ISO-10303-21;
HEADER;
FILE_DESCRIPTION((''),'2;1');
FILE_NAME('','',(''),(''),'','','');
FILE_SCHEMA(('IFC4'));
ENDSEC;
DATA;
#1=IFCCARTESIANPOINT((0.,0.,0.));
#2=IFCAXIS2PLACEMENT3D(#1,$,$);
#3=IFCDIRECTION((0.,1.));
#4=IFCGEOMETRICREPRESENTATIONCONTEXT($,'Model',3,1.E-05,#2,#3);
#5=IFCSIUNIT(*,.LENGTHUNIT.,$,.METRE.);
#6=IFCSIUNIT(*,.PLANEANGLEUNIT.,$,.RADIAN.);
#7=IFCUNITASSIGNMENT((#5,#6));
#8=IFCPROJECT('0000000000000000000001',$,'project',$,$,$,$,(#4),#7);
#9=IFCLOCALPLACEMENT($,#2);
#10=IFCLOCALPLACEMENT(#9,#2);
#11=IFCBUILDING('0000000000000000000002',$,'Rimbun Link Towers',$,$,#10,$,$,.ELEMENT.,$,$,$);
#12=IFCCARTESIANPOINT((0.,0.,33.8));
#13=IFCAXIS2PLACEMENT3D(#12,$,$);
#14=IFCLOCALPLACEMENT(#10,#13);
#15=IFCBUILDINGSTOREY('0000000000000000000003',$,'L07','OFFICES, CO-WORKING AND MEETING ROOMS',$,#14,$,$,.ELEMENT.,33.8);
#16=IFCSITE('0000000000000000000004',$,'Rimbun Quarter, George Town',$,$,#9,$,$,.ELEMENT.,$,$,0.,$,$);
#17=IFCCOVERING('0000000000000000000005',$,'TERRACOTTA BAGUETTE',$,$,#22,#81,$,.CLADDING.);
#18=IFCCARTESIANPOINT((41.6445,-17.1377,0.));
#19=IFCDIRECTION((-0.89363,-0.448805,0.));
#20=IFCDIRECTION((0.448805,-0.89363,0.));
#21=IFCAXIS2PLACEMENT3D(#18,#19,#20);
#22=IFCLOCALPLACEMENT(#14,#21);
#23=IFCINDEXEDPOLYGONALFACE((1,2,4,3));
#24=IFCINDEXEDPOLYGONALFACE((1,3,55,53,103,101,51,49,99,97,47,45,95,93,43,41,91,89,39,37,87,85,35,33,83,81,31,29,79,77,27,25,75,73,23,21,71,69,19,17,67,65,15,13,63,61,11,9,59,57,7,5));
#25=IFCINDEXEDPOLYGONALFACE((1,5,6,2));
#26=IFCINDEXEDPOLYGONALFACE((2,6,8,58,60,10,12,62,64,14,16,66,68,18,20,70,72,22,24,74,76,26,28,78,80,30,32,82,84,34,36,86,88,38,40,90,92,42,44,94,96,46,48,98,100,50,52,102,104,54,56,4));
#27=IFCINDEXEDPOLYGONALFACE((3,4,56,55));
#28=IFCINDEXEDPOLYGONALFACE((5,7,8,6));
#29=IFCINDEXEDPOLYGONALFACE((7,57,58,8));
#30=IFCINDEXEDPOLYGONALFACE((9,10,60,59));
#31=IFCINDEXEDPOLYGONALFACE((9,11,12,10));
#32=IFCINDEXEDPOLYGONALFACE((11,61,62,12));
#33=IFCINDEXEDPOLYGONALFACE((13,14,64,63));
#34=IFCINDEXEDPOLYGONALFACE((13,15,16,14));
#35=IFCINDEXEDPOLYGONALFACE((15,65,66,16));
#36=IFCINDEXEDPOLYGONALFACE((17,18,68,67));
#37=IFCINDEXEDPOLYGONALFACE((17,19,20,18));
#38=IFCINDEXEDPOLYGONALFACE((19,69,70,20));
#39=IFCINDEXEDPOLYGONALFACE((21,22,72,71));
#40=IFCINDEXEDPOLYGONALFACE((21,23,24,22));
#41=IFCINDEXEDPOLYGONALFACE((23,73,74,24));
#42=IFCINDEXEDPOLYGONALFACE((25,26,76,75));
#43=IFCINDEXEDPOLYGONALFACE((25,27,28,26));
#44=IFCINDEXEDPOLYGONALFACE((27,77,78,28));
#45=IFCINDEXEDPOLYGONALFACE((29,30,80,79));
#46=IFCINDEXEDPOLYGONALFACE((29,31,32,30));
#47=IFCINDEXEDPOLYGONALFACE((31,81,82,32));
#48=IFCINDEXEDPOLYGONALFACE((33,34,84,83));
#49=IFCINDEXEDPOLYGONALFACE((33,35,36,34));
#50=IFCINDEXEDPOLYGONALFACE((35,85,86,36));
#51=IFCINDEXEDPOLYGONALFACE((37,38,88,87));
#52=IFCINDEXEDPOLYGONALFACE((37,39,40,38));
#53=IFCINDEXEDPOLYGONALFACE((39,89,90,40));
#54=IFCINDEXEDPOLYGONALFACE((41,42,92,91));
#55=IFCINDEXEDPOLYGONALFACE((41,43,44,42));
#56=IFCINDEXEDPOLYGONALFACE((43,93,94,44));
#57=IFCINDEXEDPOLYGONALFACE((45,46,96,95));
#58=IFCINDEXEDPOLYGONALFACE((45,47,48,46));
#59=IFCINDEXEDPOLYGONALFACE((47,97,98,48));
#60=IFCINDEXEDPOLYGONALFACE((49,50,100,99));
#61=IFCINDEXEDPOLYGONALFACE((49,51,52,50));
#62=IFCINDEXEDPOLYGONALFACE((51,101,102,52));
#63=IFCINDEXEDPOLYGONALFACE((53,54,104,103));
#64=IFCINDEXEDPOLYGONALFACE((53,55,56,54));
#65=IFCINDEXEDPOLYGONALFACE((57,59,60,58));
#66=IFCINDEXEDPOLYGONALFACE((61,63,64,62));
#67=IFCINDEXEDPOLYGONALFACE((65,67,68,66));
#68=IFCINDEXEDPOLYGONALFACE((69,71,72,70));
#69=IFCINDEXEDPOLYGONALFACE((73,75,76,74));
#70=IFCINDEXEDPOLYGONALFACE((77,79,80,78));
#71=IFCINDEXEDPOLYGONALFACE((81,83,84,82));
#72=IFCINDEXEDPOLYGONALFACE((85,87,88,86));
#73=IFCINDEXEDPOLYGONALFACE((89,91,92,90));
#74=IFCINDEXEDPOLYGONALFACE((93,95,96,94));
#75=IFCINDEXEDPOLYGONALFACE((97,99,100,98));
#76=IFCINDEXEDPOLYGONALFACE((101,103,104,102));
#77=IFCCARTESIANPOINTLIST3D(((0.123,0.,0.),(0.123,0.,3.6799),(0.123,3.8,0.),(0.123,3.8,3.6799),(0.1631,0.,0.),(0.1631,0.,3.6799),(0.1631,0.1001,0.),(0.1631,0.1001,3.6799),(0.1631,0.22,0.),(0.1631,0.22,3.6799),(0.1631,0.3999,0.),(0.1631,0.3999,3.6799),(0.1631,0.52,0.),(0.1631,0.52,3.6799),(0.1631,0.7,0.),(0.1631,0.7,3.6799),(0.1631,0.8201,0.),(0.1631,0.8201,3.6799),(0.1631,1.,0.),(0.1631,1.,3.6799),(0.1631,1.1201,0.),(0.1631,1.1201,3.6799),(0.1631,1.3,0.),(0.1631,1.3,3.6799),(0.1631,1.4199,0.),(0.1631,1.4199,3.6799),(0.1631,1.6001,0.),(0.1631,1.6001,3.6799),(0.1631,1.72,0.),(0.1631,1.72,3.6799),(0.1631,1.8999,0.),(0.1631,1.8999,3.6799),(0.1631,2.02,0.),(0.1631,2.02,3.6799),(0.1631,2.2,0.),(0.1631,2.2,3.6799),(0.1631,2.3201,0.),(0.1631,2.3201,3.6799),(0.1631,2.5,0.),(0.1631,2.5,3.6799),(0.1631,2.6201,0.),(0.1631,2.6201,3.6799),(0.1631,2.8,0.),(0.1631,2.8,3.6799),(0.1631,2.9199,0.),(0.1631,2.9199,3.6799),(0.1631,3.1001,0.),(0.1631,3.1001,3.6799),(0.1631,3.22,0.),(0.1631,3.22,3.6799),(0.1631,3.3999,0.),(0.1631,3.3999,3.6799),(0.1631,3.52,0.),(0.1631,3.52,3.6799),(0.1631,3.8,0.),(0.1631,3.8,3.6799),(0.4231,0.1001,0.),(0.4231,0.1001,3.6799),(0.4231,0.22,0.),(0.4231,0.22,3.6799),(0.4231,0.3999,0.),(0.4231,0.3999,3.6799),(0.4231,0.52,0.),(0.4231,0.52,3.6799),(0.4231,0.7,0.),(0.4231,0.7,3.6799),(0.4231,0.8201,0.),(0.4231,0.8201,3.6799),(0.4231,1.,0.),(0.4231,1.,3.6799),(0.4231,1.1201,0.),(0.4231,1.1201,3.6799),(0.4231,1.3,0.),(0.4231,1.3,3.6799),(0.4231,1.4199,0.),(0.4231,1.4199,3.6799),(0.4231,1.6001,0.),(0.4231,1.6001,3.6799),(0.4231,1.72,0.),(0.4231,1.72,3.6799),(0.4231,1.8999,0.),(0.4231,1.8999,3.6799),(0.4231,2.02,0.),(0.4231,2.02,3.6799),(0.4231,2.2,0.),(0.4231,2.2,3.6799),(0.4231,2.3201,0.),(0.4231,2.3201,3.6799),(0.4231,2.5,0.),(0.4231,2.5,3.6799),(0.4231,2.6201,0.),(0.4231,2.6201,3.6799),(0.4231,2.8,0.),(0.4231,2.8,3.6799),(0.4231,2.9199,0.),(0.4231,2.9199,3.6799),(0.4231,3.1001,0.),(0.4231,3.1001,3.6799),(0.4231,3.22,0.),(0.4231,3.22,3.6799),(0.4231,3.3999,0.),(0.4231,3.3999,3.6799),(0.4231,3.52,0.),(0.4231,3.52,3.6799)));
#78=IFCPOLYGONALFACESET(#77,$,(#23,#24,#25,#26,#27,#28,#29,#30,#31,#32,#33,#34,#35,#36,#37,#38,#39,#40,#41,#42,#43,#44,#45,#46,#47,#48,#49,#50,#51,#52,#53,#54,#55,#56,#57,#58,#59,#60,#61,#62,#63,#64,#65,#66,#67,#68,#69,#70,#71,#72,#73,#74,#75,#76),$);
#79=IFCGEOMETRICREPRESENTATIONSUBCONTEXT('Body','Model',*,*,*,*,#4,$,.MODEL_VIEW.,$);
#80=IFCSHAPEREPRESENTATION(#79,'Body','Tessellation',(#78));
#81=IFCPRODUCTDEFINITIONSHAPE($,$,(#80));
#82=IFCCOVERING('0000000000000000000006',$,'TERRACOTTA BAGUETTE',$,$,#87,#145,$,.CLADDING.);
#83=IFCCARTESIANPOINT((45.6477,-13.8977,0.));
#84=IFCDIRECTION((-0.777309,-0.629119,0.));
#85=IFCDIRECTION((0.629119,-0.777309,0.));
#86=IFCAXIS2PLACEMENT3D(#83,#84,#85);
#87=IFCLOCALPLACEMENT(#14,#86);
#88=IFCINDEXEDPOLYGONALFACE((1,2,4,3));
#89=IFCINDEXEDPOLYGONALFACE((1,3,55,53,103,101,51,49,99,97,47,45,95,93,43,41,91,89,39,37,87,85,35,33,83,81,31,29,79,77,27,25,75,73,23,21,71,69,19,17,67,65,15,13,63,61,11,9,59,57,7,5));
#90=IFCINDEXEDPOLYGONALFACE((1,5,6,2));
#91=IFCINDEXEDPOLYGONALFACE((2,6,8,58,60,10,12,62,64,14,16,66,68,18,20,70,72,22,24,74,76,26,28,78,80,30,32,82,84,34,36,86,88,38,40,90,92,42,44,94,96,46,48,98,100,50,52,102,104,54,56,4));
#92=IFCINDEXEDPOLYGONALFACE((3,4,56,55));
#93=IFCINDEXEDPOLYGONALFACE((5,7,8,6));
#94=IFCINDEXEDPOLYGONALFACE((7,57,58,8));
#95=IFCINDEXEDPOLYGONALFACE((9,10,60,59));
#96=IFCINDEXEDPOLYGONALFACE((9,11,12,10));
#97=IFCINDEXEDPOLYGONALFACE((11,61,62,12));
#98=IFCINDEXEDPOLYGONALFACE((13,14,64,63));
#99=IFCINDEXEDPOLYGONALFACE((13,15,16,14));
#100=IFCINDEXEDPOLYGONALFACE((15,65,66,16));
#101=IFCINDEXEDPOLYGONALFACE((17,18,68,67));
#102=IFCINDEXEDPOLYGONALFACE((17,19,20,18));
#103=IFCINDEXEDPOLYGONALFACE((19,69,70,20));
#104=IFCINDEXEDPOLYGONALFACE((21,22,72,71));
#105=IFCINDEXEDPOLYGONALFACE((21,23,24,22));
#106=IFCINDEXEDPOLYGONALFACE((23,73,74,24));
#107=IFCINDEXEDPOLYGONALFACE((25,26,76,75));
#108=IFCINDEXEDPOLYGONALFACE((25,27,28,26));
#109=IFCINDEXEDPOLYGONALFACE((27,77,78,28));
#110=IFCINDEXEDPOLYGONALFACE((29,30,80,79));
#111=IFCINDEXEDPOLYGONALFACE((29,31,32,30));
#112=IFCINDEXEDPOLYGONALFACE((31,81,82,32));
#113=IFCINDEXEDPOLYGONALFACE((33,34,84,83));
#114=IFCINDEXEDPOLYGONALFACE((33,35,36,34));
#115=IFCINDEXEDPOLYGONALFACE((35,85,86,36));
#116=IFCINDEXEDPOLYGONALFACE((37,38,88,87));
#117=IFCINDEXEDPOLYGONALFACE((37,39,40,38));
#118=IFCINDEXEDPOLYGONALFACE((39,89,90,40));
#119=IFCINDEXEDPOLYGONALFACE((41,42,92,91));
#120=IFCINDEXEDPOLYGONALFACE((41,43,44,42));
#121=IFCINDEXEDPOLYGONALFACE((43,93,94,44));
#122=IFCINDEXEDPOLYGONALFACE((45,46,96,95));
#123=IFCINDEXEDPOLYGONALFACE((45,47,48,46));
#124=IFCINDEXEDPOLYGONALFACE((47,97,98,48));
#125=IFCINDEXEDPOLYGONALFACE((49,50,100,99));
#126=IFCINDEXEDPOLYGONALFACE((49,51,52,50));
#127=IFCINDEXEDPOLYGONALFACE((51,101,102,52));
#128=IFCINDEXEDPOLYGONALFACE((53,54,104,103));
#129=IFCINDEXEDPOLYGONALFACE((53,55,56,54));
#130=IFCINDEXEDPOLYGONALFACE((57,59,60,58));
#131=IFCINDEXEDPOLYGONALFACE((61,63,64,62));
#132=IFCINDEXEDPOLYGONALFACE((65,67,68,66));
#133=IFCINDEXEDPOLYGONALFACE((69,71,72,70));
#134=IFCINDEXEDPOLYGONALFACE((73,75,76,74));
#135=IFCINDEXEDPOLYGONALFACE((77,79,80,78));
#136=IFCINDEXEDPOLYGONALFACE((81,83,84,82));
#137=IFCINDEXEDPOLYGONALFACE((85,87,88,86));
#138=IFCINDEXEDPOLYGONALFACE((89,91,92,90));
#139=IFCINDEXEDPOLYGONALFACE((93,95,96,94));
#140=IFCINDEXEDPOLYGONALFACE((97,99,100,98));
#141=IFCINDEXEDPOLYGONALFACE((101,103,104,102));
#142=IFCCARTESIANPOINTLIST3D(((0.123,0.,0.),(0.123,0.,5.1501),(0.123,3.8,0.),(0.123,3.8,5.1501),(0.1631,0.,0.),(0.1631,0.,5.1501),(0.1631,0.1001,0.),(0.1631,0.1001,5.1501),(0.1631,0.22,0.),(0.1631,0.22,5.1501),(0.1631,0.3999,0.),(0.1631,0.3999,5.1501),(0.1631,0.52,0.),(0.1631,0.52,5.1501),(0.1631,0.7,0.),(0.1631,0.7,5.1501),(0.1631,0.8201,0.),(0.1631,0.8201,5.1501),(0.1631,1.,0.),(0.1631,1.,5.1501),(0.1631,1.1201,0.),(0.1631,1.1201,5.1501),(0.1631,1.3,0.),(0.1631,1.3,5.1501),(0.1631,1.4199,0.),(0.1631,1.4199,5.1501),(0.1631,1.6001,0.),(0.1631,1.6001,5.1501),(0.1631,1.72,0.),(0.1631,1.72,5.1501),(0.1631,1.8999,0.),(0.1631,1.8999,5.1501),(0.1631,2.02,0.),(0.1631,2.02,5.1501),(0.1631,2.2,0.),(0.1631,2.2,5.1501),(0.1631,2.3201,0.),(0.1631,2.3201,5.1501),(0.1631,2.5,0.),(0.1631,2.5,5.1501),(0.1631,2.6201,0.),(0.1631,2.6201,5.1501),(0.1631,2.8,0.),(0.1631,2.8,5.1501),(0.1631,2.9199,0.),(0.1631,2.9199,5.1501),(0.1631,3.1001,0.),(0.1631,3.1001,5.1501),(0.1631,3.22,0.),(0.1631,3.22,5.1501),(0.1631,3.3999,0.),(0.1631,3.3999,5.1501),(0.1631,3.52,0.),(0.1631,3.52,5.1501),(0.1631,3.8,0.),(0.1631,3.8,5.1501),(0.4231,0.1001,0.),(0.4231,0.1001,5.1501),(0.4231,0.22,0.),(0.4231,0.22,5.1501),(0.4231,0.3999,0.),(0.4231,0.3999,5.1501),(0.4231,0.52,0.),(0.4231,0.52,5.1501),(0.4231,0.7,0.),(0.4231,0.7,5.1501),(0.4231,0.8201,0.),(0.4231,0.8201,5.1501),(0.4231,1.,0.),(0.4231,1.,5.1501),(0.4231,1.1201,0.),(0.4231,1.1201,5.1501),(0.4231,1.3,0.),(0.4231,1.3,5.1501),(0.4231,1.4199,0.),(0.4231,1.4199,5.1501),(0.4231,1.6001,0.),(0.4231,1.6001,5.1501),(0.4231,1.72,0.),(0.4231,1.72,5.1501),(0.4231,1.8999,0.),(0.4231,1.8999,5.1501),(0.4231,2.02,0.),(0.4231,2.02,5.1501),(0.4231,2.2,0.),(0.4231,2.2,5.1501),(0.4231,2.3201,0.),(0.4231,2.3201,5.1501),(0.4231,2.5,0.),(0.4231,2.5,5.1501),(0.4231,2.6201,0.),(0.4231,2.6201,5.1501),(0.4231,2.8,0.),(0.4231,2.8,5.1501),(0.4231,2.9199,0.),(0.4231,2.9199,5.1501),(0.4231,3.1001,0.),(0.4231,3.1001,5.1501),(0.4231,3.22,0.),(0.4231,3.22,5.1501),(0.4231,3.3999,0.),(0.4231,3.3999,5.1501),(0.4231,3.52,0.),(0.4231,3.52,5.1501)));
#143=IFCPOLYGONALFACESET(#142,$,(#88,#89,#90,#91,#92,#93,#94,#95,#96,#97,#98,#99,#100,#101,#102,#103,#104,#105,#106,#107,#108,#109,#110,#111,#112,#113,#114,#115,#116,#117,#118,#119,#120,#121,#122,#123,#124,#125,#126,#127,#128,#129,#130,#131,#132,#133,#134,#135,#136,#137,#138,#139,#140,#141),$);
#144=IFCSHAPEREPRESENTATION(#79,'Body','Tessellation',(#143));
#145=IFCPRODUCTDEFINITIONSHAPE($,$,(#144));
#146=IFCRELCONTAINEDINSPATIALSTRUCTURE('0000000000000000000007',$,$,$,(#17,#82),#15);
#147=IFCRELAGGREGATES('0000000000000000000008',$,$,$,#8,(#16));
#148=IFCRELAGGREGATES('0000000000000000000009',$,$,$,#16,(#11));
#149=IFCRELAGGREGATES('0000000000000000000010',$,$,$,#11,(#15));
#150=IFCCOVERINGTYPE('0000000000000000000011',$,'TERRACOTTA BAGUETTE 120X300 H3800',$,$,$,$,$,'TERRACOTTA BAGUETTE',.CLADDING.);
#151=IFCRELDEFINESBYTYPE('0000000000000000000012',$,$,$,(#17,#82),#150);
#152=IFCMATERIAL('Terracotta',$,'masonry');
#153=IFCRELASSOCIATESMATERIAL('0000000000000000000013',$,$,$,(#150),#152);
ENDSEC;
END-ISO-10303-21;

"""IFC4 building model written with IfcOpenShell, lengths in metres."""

from ifc_helpers import new_model, si_unit, direction, frame, origin, place, context, subcontext, project, spatial, polyline, outline, extrude, material, material_profile, profile_set, type_object, element, save


model = new_model("IFC4")

# Units and contexts
model_context = context("Model", 3, precision=1e-05, world=origin(), true_north=direction((0.0, 1.0)))
body_context = subcontext(model_context, "Body", "Model", "MODEL_VIEW")
ifc_project = project(units=[si_unit("LENGTHUNIT", "METRE"), si_unit("PLANEANGLEUNIT", "RADIAN")], contexts=[model_context])

# Site, building, storey
site_placement = place(None, origin())
site = spatial("IfcSite", under=ifc_project, at=site_placement, Name="Rimbun Quarter, George Town", CompositionType="ELEMENT", RefElevation=0.0)
building_placement = place(site_placement, origin())
building = spatial("IfcBuilding", under=site, at=building_placement, Name="Rimbun Link Towers", CompositionType="ELEMENT")
storey_placement = place(building_placement, frame((0.0, 0.0, 33.8)))
storey = spatial("IfcBuildingStorey", under=building, at=storey_placement, Name="L07", Description="OFFICES, CO-WORKING AND MEETING ROOMS", CompositionType="ELEMENT", Elevation=33.8)

# Coverings
ifc_material_1 = material(Name="Terracotta", Category="masonry")
ifc_material_profile_1 = material_profile(ifc_material_1, outline(polyline([(0.123, 0.0), (0.1631, 0.0), (0.1631, 0.1001), (0.4231, 0.1001), (0.4231, 0.22), (0.1631, 0.22), (0.1631, 0.3999), (0.4231, 0.3999), (0.4231, 0.52), (0.1631, 0.52), (0.1631, 0.7), (0.4231, 0.7), (0.4231, 0.8201), (0.1631, 0.8201), (0.1631, 1.0), (0.4231, 1.0), (0.4231, 1.1201), (0.1631, 1.1201), (0.1631, 1.3), (0.4231, 1.3), (0.4231, 1.4199), (0.1631, 1.4199), (0.1631, 1.6001), (0.4231, 1.6001), (0.4231, 1.72), (0.1631, 1.72), (0.1631, 1.8999), (0.4231, 1.8999), (0.4231, 2.02), (0.1631, 2.02), (0.1631, 2.2), (0.4231, 2.2), (0.4231, 2.3201), (0.1631, 2.3201), (0.1631, 2.5), (0.4231, 2.5), (0.4231, 2.6201), (0.1631, 2.6201), (0.1631, 2.8), (0.4231, 2.8), (0.4231, 2.9199), (0.1631, 2.9199), (0.1631, 3.1001), (0.4231, 3.1001), (0.4231, 3.22), (0.1631, 3.22), (0.1631, 3.3999), (0.4231, 3.3999), (0.4231, 3.52), (0.1631, 3.52), (0.1631, 3.8), (0.123, 3.8), (0.123, 0.0)])), Name="BAGUETTE 120X300")
ifc_profile_set_1 = profile_set([ifc_material_profile_1], Name="Terracotta")
covering_type = type_object("IfcCoveringType", Name="TERRACOTTA BAGUETTE 120X300 H3800", ElementType="TERRACOTTA BAGUETTE", PredefinedType="CLADDING", material=ifc_profile_set_1)
covering_1_placement = place(storey_placement, frame((41.6445, -17.1377, 0.0), z_axis=(-0.89363, -0.448805, 0.0), x_axis=(0.448805, -0.89363, 0.0)))
element("IfcCovering", 1, at=covering_1_placement, inside=storey, type_object=covering_type, Name="TERRACOTTA BAGUETTE", PredefinedType="CLADDING", context=body_context, shape_type="SweptSolid", body=[
    extrude(outline(polyline([(0.123, 0.0), (0.1631, 0.0), (0.1631, 0.1001), (0.4231, 0.1001), (0.4231, 0.22), (0.1631, 0.22), (0.1631, 0.3999), (0.4231, 0.3999), (0.4231, 0.52), (0.1631, 0.52), (0.1631, 0.7), (0.4231, 0.7), (0.4231, 0.8201), (0.1631, 0.8201), (0.1631, 1.0), (0.4231, 1.0), (0.4231, 1.1201), (0.1631, 1.1201), (0.1631, 1.3), (0.4231, 1.3), (0.4231, 1.4199), (0.1631, 1.4199), (0.1631, 1.6001), (0.4231, 1.6001), (0.4231, 1.72), (0.1631, 1.72), (0.1631, 1.8999), (0.4231, 1.8999), (0.4231, 2.02), (0.1631, 2.02), (0.1631, 2.2), (0.4231, 2.2), (0.4231, 2.3201), (0.1631, 2.3201), (0.1631, 2.5), (0.4231, 2.5), (0.4231, 2.6201), (0.1631, 2.6201), (0.1631, 2.8), (0.4231, 2.8), (0.4231, 2.9199), (0.1631, 2.9199), (0.1631, 3.1001), (0.4231, 3.1001), (0.4231, 3.22), (0.1631, 3.22), (0.1631, 3.3999), (0.4231, 3.3999), (0.4231, 3.52), (0.1631, 3.52), (0.1631, 3.8), (0.123, 3.8), (0.123, 0.0)])), origin(), (0.0, 0.0, 1.0), 3.6799),
])
covering_2_placement = place(storey_placement, frame((45.6477, -13.8977, 0.0), z_axis=(-0.777309, -0.629119, 0.0), x_axis=(0.629119, -0.777309, 0.0)))
element("IfcCovering", 2, at=covering_2_placement, inside=storey, type_object=covering_type, Name="TERRACOTTA BAGUETTE", PredefinedType="CLADDING", context=body_context, shape_type="SweptSolid", body=[
    extrude(outline(polyline([(0.123, 0.0), (0.1631, 0.0), (0.1631, 0.1001), (0.4231, 0.1001), (0.4231, 0.22), (0.1631, 0.22), (0.1631, 0.3999), (0.4231, 0.3999), (0.4231, 0.52), (0.1631, 0.52), (0.1631, 0.7), (0.4231, 0.7), (0.4231, 0.8201), (0.1631, 0.8201), (0.1631, 1.0), (0.4231, 1.0), (0.4231, 1.1201), (0.1631, 1.1201), (0.1631, 1.3), (0.4231, 1.3), (0.4231, 1.4199), (0.1631, 1.4199), (0.1631, 1.6001), (0.4231, 1.6001), (0.4231, 1.72), (0.1631, 1.72), (0.1631, 1.8999), (0.4231, 1.8999), (0.4231, 2.02), (0.1631, 2.02), (0.1631, 2.2), (0.4231, 2.2), (0.4231, 2.3201), (0.1631, 2.3201), (0.1631, 2.5), (0.4231, 2.5), (0.4231, 2.6201), (0.1631, 2.6201), (0.1631, 2.8), (0.4231, 2.8), (0.4231, 2.9199), (0.1631, 2.9199), (0.1631, 3.1001), (0.4231, 3.1001), (0.4231, 3.22), (0.1631, 3.22), (0.1631, 3.3999), (0.4231, 3.3999), (0.4231, 3.52), (0.1631, 3.52), (0.1631, 3.8), (0.123, 3.8), (0.123, 0.0)])), origin(), (0.0, 0.0, 1.0), 5.1501),
])

save(model, "model.ifc")
